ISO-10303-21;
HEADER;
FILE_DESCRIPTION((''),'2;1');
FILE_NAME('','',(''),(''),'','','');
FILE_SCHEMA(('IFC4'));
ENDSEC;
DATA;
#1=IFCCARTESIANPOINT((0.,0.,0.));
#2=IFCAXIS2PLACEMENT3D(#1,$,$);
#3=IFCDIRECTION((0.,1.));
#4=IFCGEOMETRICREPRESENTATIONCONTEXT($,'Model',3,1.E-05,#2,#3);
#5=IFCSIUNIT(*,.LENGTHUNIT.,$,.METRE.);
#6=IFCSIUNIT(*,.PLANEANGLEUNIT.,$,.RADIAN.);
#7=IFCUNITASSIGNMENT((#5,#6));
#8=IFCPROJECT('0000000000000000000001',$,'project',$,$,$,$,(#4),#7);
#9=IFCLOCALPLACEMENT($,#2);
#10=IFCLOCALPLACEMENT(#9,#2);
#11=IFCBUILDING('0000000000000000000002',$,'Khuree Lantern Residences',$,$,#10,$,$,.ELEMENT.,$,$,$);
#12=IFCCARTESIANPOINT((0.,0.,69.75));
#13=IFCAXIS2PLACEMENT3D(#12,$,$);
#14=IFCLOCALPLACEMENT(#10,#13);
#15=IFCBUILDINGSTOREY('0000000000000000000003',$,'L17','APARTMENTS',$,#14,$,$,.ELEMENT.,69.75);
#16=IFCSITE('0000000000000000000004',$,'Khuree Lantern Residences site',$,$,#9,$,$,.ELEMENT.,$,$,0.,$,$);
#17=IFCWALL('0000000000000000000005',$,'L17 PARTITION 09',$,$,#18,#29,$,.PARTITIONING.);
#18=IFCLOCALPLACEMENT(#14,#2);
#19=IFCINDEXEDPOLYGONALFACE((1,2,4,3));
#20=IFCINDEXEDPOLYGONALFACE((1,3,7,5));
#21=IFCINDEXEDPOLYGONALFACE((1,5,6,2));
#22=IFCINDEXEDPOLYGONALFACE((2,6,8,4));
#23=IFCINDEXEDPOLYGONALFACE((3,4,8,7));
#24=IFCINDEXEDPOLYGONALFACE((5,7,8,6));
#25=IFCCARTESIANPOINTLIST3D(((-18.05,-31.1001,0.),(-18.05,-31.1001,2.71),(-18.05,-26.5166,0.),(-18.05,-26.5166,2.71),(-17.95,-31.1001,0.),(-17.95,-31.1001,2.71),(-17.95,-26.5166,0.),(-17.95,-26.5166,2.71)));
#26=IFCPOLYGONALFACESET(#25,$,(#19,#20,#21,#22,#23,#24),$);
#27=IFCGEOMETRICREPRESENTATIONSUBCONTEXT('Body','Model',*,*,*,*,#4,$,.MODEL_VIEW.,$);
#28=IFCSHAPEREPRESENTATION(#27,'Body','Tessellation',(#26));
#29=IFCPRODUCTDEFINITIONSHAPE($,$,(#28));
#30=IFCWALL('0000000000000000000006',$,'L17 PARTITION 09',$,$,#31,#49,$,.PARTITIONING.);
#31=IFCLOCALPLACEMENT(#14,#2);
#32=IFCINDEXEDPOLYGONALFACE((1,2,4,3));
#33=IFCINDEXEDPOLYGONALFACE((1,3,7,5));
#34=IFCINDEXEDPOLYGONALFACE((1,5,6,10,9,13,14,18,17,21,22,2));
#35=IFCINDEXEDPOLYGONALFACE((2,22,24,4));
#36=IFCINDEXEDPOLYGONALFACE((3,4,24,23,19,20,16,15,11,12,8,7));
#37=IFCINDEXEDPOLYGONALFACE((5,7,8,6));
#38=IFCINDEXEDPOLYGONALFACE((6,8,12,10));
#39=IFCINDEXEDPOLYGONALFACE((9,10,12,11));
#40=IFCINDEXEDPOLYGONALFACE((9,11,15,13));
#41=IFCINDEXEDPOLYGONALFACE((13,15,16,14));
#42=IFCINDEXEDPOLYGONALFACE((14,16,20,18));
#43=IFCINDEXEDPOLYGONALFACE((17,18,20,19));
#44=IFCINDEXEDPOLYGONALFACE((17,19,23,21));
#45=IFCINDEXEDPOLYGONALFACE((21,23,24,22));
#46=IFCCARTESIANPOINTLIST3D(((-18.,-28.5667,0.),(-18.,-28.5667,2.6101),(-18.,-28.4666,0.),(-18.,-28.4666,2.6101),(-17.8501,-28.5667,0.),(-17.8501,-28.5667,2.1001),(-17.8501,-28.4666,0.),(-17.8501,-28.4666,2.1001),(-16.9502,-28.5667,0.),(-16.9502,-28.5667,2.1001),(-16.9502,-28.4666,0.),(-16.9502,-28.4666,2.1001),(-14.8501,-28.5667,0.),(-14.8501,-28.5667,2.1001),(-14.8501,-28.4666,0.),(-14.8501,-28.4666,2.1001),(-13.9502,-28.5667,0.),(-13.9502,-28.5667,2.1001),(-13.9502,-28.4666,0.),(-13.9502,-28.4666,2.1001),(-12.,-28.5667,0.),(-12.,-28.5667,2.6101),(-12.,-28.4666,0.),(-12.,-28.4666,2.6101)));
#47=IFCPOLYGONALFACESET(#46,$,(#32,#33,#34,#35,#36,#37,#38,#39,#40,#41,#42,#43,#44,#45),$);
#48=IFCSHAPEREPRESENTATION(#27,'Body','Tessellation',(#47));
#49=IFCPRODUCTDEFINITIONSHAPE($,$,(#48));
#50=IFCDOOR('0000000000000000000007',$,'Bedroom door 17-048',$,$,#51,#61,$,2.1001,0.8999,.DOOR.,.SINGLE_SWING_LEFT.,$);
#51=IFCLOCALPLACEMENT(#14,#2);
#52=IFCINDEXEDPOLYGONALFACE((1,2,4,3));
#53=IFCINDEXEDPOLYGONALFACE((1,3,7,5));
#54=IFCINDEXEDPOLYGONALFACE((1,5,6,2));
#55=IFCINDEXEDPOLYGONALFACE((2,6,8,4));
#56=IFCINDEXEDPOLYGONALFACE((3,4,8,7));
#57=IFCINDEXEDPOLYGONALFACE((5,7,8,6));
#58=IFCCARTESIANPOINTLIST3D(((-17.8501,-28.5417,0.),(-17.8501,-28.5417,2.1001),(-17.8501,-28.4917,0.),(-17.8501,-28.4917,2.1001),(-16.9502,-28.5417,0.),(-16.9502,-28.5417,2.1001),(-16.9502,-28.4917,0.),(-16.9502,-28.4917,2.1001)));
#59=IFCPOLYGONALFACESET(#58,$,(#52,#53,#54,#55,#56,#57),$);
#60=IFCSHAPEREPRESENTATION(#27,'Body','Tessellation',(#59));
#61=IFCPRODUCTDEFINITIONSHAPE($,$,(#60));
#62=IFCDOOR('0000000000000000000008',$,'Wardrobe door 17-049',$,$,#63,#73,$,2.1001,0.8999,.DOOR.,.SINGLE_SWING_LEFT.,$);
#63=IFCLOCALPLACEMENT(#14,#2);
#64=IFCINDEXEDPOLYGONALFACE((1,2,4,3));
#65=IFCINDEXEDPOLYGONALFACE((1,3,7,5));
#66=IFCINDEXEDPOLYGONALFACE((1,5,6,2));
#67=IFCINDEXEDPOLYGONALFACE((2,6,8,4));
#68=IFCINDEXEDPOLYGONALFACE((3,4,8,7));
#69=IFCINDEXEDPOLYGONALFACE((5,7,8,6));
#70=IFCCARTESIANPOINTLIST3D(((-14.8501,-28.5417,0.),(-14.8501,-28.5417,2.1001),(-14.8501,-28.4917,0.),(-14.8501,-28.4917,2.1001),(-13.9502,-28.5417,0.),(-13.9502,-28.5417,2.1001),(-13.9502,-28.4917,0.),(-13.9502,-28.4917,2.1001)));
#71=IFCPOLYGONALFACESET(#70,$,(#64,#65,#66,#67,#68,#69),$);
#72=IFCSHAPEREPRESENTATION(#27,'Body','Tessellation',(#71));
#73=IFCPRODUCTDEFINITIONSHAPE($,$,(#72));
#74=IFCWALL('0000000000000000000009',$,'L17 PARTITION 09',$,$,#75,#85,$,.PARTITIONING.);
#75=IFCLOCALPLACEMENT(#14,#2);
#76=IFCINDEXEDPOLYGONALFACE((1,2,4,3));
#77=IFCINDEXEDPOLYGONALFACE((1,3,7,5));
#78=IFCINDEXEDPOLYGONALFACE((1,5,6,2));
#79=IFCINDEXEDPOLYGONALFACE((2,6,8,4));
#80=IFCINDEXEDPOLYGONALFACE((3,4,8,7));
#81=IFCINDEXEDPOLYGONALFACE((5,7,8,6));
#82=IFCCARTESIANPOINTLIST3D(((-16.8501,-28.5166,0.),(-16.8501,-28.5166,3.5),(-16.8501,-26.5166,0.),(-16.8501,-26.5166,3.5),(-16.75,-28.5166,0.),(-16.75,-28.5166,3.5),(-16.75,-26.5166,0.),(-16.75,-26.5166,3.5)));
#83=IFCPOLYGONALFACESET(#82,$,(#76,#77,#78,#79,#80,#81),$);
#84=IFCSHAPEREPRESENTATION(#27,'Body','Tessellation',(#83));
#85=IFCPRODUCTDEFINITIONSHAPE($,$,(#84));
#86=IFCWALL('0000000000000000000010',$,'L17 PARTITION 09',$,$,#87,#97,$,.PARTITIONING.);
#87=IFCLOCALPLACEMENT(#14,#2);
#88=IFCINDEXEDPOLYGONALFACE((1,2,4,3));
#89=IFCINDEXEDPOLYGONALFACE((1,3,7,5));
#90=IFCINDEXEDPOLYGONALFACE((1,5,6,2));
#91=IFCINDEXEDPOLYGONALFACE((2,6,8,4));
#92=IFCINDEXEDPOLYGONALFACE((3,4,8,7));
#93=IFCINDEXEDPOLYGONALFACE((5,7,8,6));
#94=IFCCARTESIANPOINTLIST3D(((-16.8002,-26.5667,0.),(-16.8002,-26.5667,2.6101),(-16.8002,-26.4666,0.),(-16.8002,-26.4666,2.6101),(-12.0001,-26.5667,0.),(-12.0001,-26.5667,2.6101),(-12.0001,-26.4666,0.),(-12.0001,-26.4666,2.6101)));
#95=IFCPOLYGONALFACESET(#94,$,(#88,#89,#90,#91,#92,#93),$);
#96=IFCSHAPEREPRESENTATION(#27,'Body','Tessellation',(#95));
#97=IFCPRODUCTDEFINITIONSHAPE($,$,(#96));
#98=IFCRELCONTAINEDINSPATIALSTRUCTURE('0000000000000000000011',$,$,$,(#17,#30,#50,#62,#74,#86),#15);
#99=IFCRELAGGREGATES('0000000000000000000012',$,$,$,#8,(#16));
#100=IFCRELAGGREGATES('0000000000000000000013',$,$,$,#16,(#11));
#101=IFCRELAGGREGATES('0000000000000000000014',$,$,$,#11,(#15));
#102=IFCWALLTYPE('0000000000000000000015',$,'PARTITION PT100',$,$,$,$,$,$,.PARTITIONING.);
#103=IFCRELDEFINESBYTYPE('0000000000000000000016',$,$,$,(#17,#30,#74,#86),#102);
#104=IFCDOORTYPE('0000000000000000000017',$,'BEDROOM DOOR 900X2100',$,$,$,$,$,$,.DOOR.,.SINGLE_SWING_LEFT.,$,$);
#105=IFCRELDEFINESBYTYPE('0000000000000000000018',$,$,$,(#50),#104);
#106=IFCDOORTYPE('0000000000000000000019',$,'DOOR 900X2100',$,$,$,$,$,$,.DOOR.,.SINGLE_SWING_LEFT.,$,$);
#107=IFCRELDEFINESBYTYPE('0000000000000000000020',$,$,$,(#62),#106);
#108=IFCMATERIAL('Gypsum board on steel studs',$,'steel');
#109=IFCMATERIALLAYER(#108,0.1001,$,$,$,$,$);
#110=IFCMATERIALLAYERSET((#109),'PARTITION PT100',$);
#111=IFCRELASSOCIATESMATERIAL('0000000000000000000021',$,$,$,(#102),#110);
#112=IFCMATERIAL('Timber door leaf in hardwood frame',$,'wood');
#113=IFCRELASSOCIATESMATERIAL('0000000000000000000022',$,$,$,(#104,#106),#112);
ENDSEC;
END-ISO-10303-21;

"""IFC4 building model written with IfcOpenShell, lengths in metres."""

from ifc_helpers import new_model, si_unit, direction, frame, frame_2d, origin, place, context, subcontext, project, spatial, rectangle, extrude, material, layer, layer_set, type_object, element, fill, save


model = new_model("IFC4")

# Units and contexts
model_context = context("Model", 3, precision=1e-05, world=origin(), true_north=direction((0.0, 1.0)))
body_context = subcontext(model_context, "Body", "Model", "MODEL_VIEW")
ifc_project = project(units=[si_unit("LENGTHUNIT", "METRE"), si_unit("PLANEANGLEUNIT", "RADIAN")], contexts=[model_context])

# Site, building, storey
site_placement = place(None, origin())
site = spatial("IfcSite", under=ifc_project, at=site_placement, Name="Khuree Lantern Residences site", CompositionType="ELEMENT", RefElevation=0.0)
building_placement = place(site_placement, origin())
building = spatial("IfcBuilding", under=site, at=building_placement, Name="Khuree Lantern Residences", CompositionType="ELEMENT")
storey_placement = place(building_placement, frame((0.0, 0.0, 69.75)))
storey = spatial("IfcBuildingStorey", under=building, at=storey_placement, Name="L17", Description="APARTMENTS", CompositionType="ELEMENT", Elevation=69.75)

# Shared definitions
ifc_material_1 = material(Name="Timber door leaf in hardwood frame", Category="wood")

# Wall
ifc_material_2 = material(Name="Gypsum board on steel studs", Category="steel")
ifc_layer_1 = layer(ifc_material_2, 0.1001)
ifc_layer_set_1 = layer_set([ifc_layer_1], Name="PARTITION PT100")
wall_type_1 = type_object("IfcWallType", Name="PARTITION PT100", PredefinedType="PARTITIONING", material=ifc_layer_set_1)
wall_1_placement = place(storey_placement, frame((-18.0, -26.5166, 0.0), z_axis=(0.0, 0.0, 1.0), x_axis=(0.0, -1.0, 0.0)))
element("IfcWall", 1, at=wall_1_placement, inside=storey, type_object=wall_type_1, Name="L17 PARTITION 09", PredefinedType="PARTITIONING", context=body_context, shape_type="SweptSolid", body=[
    extrude(rectangle(XDim=4.5835, YDim=0.1001, at=frame_2d((2.2917, 0.0))), origin(), (0.0, 0.0, 1.0), 2.71),
])

# Wall, openings, doors
wall_2_placement = place(storey_placement, frame((-18.0, -28.5166, 0.0), z_axis=(0.0, 0.0, 1.0), x_axis=(1.0, 0.0, 0.0)))
wall_2 = element("IfcWall", 2, at=wall_2_placement, inside=storey, type_object=wall_type_1, Name="L17 PARTITION 09", PredefinedType="PARTITIONING", context=body_context, shape_type="SweptSolid", body=[
    extrude(rectangle(XDim=6.0, YDim=0.1001, at=frame_2d((3.0, 0.0))), origin(), (0.0, 0.0, 1.0), 2.6101),
])
opening_1_placement = place(wall_2_placement, frame((0.1499, 0.0, 0.0)))
opening_1 = element("IfcOpeningElement", 3, at=opening_1_placement, cuts=wall_2, PredefinedType="OPENING", context=body_context, shape_type="SweptSolid", body=[
    extrude(rectangle(XDim=0.8999, YDim=2.1001, at=frame_2d((0.45, 1.05))), frame((0.0, 0.0601, 0.0), z_axis=(0.0, -1.0, 0.0), x_axis=(1.0, 0.0, 0.0)), (0.0, 0.0, 1.0), 0.1201),
])
opening_2_placement = place(wall_2_placement, frame((3.1499, 0.0, 0.0)))
opening_2 = element("IfcOpeningElement", 4, at=opening_2_placement, cuts=wall_2, PredefinedType="OPENING", context=body_context, shape_type="SweptSolid", body=[
    extrude(rectangle(XDim=0.8999, YDim=2.1001, at=frame_2d((0.45, 1.05))), frame((0.0, 0.0601, 0.0), z_axis=(0.0, -1.0, 0.0), x_axis=(1.0, 0.0, 0.0)), (0.0, 0.0, 1.0), 0.1201),
])
door_type_1 = type_object("IfcDoorType", Name="BEDROOM DOOR 900X2100", OperationType="SINGLE_SWING_LEFT", PredefinedType="DOOR", material=ifc_material_1)
door_1_placement = place(opening_1_placement, origin())
door_1 = element("IfcDoor", 5, at=door_1_placement, inside=storey, type_object=door_type_1, Name="Bedroom door 17-048", OperationType="SINGLE_SWING_LEFT", OverallHeight=2.1001, OverallWidth=0.8999, PredefinedType="DOOR", context=body_context, shape_type="SweptSolid", body=[
    extrude(rectangle(XDim=0.8999, YDim=2.1001, at=frame_2d((0.45, 1.05))), frame((0.0, 0.0249, 0.0), z_axis=(0.0, -1.0, 0.0), x_axis=(1.0, 0.0, 0.0)), (0.0, 0.0, 1.0), 0.05),
])
fill(opening_1, door_1)
door_type_2 = type_object("IfcDoorType", Name="DOOR 900X2100", OperationType="SINGLE_SWING_LEFT", PredefinedType="DOOR", material=ifc_material_1)
door_2_placement = place(opening_2_placement, origin())
door_2 = element("IfcDoor", 6, at=door_2_placement, inside=storey, type_object=door_type_2, Name="Wardrobe door 17-049", OperationType="SINGLE_SWING_LEFT", OverallHeight=2.1001, OverallWidth=0.8999, PredefinedType="DOOR", context=body_context, shape_type="SweptSolid", body=[
    extrude(rectangle(XDim=0.8999, YDim=2.1001, at=frame_2d((0.45, 1.05))), frame((0.0, 0.0249, 0.0), z_axis=(0.0, -1.0, 0.0), x_axis=(1.0, 0.0, 0.0)), (0.0, 0.0, 1.0), 0.05),
])
fill(opening_2, door_2)

# Walls
wall_3_placement = place(storey_placement, frame((-16.8, -26.5166, 0.0), z_axis=(0.0, 0.0, 1.0), x_axis=(0.0, -1.0, 0.0)))
element("IfcWall", 7, at=wall_3_placement, inside=storey, type_object=wall_type_1, Name="L17 PARTITION 09", PredefinedType="PARTITIONING", context=body_context, shape_type="SweptSolid", body=[
    extrude(rectangle(XDim=2.0, YDim=0.1001, at=frame_2d((1.0, 0.0))), origin(), (0.0, 0.0, 1.0), 3.5),
])
wall_4_placement = place(storey_placement, frame((-16.8, -26.5166, 0.0), z_axis=(0.0, 0.0, 1.0), x_axis=(1.0, 0.0, 0.0)))
element("IfcWall", 8, at=wall_4_placement, inside=storey, type_object=wall_type_1, Name="L17 PARTITION 09", PredefinedType="PARTITIONING", context=body_context, shape_type="SweptSolid", body=[
    extrude(rectangle(XDim=4.8, YDim=0.1001, at=frame_2d((2.3999, 0.0))), origin(), (0.0, 0.0, 1.0), 2.6101),
])

save(model, "model.ifc")
